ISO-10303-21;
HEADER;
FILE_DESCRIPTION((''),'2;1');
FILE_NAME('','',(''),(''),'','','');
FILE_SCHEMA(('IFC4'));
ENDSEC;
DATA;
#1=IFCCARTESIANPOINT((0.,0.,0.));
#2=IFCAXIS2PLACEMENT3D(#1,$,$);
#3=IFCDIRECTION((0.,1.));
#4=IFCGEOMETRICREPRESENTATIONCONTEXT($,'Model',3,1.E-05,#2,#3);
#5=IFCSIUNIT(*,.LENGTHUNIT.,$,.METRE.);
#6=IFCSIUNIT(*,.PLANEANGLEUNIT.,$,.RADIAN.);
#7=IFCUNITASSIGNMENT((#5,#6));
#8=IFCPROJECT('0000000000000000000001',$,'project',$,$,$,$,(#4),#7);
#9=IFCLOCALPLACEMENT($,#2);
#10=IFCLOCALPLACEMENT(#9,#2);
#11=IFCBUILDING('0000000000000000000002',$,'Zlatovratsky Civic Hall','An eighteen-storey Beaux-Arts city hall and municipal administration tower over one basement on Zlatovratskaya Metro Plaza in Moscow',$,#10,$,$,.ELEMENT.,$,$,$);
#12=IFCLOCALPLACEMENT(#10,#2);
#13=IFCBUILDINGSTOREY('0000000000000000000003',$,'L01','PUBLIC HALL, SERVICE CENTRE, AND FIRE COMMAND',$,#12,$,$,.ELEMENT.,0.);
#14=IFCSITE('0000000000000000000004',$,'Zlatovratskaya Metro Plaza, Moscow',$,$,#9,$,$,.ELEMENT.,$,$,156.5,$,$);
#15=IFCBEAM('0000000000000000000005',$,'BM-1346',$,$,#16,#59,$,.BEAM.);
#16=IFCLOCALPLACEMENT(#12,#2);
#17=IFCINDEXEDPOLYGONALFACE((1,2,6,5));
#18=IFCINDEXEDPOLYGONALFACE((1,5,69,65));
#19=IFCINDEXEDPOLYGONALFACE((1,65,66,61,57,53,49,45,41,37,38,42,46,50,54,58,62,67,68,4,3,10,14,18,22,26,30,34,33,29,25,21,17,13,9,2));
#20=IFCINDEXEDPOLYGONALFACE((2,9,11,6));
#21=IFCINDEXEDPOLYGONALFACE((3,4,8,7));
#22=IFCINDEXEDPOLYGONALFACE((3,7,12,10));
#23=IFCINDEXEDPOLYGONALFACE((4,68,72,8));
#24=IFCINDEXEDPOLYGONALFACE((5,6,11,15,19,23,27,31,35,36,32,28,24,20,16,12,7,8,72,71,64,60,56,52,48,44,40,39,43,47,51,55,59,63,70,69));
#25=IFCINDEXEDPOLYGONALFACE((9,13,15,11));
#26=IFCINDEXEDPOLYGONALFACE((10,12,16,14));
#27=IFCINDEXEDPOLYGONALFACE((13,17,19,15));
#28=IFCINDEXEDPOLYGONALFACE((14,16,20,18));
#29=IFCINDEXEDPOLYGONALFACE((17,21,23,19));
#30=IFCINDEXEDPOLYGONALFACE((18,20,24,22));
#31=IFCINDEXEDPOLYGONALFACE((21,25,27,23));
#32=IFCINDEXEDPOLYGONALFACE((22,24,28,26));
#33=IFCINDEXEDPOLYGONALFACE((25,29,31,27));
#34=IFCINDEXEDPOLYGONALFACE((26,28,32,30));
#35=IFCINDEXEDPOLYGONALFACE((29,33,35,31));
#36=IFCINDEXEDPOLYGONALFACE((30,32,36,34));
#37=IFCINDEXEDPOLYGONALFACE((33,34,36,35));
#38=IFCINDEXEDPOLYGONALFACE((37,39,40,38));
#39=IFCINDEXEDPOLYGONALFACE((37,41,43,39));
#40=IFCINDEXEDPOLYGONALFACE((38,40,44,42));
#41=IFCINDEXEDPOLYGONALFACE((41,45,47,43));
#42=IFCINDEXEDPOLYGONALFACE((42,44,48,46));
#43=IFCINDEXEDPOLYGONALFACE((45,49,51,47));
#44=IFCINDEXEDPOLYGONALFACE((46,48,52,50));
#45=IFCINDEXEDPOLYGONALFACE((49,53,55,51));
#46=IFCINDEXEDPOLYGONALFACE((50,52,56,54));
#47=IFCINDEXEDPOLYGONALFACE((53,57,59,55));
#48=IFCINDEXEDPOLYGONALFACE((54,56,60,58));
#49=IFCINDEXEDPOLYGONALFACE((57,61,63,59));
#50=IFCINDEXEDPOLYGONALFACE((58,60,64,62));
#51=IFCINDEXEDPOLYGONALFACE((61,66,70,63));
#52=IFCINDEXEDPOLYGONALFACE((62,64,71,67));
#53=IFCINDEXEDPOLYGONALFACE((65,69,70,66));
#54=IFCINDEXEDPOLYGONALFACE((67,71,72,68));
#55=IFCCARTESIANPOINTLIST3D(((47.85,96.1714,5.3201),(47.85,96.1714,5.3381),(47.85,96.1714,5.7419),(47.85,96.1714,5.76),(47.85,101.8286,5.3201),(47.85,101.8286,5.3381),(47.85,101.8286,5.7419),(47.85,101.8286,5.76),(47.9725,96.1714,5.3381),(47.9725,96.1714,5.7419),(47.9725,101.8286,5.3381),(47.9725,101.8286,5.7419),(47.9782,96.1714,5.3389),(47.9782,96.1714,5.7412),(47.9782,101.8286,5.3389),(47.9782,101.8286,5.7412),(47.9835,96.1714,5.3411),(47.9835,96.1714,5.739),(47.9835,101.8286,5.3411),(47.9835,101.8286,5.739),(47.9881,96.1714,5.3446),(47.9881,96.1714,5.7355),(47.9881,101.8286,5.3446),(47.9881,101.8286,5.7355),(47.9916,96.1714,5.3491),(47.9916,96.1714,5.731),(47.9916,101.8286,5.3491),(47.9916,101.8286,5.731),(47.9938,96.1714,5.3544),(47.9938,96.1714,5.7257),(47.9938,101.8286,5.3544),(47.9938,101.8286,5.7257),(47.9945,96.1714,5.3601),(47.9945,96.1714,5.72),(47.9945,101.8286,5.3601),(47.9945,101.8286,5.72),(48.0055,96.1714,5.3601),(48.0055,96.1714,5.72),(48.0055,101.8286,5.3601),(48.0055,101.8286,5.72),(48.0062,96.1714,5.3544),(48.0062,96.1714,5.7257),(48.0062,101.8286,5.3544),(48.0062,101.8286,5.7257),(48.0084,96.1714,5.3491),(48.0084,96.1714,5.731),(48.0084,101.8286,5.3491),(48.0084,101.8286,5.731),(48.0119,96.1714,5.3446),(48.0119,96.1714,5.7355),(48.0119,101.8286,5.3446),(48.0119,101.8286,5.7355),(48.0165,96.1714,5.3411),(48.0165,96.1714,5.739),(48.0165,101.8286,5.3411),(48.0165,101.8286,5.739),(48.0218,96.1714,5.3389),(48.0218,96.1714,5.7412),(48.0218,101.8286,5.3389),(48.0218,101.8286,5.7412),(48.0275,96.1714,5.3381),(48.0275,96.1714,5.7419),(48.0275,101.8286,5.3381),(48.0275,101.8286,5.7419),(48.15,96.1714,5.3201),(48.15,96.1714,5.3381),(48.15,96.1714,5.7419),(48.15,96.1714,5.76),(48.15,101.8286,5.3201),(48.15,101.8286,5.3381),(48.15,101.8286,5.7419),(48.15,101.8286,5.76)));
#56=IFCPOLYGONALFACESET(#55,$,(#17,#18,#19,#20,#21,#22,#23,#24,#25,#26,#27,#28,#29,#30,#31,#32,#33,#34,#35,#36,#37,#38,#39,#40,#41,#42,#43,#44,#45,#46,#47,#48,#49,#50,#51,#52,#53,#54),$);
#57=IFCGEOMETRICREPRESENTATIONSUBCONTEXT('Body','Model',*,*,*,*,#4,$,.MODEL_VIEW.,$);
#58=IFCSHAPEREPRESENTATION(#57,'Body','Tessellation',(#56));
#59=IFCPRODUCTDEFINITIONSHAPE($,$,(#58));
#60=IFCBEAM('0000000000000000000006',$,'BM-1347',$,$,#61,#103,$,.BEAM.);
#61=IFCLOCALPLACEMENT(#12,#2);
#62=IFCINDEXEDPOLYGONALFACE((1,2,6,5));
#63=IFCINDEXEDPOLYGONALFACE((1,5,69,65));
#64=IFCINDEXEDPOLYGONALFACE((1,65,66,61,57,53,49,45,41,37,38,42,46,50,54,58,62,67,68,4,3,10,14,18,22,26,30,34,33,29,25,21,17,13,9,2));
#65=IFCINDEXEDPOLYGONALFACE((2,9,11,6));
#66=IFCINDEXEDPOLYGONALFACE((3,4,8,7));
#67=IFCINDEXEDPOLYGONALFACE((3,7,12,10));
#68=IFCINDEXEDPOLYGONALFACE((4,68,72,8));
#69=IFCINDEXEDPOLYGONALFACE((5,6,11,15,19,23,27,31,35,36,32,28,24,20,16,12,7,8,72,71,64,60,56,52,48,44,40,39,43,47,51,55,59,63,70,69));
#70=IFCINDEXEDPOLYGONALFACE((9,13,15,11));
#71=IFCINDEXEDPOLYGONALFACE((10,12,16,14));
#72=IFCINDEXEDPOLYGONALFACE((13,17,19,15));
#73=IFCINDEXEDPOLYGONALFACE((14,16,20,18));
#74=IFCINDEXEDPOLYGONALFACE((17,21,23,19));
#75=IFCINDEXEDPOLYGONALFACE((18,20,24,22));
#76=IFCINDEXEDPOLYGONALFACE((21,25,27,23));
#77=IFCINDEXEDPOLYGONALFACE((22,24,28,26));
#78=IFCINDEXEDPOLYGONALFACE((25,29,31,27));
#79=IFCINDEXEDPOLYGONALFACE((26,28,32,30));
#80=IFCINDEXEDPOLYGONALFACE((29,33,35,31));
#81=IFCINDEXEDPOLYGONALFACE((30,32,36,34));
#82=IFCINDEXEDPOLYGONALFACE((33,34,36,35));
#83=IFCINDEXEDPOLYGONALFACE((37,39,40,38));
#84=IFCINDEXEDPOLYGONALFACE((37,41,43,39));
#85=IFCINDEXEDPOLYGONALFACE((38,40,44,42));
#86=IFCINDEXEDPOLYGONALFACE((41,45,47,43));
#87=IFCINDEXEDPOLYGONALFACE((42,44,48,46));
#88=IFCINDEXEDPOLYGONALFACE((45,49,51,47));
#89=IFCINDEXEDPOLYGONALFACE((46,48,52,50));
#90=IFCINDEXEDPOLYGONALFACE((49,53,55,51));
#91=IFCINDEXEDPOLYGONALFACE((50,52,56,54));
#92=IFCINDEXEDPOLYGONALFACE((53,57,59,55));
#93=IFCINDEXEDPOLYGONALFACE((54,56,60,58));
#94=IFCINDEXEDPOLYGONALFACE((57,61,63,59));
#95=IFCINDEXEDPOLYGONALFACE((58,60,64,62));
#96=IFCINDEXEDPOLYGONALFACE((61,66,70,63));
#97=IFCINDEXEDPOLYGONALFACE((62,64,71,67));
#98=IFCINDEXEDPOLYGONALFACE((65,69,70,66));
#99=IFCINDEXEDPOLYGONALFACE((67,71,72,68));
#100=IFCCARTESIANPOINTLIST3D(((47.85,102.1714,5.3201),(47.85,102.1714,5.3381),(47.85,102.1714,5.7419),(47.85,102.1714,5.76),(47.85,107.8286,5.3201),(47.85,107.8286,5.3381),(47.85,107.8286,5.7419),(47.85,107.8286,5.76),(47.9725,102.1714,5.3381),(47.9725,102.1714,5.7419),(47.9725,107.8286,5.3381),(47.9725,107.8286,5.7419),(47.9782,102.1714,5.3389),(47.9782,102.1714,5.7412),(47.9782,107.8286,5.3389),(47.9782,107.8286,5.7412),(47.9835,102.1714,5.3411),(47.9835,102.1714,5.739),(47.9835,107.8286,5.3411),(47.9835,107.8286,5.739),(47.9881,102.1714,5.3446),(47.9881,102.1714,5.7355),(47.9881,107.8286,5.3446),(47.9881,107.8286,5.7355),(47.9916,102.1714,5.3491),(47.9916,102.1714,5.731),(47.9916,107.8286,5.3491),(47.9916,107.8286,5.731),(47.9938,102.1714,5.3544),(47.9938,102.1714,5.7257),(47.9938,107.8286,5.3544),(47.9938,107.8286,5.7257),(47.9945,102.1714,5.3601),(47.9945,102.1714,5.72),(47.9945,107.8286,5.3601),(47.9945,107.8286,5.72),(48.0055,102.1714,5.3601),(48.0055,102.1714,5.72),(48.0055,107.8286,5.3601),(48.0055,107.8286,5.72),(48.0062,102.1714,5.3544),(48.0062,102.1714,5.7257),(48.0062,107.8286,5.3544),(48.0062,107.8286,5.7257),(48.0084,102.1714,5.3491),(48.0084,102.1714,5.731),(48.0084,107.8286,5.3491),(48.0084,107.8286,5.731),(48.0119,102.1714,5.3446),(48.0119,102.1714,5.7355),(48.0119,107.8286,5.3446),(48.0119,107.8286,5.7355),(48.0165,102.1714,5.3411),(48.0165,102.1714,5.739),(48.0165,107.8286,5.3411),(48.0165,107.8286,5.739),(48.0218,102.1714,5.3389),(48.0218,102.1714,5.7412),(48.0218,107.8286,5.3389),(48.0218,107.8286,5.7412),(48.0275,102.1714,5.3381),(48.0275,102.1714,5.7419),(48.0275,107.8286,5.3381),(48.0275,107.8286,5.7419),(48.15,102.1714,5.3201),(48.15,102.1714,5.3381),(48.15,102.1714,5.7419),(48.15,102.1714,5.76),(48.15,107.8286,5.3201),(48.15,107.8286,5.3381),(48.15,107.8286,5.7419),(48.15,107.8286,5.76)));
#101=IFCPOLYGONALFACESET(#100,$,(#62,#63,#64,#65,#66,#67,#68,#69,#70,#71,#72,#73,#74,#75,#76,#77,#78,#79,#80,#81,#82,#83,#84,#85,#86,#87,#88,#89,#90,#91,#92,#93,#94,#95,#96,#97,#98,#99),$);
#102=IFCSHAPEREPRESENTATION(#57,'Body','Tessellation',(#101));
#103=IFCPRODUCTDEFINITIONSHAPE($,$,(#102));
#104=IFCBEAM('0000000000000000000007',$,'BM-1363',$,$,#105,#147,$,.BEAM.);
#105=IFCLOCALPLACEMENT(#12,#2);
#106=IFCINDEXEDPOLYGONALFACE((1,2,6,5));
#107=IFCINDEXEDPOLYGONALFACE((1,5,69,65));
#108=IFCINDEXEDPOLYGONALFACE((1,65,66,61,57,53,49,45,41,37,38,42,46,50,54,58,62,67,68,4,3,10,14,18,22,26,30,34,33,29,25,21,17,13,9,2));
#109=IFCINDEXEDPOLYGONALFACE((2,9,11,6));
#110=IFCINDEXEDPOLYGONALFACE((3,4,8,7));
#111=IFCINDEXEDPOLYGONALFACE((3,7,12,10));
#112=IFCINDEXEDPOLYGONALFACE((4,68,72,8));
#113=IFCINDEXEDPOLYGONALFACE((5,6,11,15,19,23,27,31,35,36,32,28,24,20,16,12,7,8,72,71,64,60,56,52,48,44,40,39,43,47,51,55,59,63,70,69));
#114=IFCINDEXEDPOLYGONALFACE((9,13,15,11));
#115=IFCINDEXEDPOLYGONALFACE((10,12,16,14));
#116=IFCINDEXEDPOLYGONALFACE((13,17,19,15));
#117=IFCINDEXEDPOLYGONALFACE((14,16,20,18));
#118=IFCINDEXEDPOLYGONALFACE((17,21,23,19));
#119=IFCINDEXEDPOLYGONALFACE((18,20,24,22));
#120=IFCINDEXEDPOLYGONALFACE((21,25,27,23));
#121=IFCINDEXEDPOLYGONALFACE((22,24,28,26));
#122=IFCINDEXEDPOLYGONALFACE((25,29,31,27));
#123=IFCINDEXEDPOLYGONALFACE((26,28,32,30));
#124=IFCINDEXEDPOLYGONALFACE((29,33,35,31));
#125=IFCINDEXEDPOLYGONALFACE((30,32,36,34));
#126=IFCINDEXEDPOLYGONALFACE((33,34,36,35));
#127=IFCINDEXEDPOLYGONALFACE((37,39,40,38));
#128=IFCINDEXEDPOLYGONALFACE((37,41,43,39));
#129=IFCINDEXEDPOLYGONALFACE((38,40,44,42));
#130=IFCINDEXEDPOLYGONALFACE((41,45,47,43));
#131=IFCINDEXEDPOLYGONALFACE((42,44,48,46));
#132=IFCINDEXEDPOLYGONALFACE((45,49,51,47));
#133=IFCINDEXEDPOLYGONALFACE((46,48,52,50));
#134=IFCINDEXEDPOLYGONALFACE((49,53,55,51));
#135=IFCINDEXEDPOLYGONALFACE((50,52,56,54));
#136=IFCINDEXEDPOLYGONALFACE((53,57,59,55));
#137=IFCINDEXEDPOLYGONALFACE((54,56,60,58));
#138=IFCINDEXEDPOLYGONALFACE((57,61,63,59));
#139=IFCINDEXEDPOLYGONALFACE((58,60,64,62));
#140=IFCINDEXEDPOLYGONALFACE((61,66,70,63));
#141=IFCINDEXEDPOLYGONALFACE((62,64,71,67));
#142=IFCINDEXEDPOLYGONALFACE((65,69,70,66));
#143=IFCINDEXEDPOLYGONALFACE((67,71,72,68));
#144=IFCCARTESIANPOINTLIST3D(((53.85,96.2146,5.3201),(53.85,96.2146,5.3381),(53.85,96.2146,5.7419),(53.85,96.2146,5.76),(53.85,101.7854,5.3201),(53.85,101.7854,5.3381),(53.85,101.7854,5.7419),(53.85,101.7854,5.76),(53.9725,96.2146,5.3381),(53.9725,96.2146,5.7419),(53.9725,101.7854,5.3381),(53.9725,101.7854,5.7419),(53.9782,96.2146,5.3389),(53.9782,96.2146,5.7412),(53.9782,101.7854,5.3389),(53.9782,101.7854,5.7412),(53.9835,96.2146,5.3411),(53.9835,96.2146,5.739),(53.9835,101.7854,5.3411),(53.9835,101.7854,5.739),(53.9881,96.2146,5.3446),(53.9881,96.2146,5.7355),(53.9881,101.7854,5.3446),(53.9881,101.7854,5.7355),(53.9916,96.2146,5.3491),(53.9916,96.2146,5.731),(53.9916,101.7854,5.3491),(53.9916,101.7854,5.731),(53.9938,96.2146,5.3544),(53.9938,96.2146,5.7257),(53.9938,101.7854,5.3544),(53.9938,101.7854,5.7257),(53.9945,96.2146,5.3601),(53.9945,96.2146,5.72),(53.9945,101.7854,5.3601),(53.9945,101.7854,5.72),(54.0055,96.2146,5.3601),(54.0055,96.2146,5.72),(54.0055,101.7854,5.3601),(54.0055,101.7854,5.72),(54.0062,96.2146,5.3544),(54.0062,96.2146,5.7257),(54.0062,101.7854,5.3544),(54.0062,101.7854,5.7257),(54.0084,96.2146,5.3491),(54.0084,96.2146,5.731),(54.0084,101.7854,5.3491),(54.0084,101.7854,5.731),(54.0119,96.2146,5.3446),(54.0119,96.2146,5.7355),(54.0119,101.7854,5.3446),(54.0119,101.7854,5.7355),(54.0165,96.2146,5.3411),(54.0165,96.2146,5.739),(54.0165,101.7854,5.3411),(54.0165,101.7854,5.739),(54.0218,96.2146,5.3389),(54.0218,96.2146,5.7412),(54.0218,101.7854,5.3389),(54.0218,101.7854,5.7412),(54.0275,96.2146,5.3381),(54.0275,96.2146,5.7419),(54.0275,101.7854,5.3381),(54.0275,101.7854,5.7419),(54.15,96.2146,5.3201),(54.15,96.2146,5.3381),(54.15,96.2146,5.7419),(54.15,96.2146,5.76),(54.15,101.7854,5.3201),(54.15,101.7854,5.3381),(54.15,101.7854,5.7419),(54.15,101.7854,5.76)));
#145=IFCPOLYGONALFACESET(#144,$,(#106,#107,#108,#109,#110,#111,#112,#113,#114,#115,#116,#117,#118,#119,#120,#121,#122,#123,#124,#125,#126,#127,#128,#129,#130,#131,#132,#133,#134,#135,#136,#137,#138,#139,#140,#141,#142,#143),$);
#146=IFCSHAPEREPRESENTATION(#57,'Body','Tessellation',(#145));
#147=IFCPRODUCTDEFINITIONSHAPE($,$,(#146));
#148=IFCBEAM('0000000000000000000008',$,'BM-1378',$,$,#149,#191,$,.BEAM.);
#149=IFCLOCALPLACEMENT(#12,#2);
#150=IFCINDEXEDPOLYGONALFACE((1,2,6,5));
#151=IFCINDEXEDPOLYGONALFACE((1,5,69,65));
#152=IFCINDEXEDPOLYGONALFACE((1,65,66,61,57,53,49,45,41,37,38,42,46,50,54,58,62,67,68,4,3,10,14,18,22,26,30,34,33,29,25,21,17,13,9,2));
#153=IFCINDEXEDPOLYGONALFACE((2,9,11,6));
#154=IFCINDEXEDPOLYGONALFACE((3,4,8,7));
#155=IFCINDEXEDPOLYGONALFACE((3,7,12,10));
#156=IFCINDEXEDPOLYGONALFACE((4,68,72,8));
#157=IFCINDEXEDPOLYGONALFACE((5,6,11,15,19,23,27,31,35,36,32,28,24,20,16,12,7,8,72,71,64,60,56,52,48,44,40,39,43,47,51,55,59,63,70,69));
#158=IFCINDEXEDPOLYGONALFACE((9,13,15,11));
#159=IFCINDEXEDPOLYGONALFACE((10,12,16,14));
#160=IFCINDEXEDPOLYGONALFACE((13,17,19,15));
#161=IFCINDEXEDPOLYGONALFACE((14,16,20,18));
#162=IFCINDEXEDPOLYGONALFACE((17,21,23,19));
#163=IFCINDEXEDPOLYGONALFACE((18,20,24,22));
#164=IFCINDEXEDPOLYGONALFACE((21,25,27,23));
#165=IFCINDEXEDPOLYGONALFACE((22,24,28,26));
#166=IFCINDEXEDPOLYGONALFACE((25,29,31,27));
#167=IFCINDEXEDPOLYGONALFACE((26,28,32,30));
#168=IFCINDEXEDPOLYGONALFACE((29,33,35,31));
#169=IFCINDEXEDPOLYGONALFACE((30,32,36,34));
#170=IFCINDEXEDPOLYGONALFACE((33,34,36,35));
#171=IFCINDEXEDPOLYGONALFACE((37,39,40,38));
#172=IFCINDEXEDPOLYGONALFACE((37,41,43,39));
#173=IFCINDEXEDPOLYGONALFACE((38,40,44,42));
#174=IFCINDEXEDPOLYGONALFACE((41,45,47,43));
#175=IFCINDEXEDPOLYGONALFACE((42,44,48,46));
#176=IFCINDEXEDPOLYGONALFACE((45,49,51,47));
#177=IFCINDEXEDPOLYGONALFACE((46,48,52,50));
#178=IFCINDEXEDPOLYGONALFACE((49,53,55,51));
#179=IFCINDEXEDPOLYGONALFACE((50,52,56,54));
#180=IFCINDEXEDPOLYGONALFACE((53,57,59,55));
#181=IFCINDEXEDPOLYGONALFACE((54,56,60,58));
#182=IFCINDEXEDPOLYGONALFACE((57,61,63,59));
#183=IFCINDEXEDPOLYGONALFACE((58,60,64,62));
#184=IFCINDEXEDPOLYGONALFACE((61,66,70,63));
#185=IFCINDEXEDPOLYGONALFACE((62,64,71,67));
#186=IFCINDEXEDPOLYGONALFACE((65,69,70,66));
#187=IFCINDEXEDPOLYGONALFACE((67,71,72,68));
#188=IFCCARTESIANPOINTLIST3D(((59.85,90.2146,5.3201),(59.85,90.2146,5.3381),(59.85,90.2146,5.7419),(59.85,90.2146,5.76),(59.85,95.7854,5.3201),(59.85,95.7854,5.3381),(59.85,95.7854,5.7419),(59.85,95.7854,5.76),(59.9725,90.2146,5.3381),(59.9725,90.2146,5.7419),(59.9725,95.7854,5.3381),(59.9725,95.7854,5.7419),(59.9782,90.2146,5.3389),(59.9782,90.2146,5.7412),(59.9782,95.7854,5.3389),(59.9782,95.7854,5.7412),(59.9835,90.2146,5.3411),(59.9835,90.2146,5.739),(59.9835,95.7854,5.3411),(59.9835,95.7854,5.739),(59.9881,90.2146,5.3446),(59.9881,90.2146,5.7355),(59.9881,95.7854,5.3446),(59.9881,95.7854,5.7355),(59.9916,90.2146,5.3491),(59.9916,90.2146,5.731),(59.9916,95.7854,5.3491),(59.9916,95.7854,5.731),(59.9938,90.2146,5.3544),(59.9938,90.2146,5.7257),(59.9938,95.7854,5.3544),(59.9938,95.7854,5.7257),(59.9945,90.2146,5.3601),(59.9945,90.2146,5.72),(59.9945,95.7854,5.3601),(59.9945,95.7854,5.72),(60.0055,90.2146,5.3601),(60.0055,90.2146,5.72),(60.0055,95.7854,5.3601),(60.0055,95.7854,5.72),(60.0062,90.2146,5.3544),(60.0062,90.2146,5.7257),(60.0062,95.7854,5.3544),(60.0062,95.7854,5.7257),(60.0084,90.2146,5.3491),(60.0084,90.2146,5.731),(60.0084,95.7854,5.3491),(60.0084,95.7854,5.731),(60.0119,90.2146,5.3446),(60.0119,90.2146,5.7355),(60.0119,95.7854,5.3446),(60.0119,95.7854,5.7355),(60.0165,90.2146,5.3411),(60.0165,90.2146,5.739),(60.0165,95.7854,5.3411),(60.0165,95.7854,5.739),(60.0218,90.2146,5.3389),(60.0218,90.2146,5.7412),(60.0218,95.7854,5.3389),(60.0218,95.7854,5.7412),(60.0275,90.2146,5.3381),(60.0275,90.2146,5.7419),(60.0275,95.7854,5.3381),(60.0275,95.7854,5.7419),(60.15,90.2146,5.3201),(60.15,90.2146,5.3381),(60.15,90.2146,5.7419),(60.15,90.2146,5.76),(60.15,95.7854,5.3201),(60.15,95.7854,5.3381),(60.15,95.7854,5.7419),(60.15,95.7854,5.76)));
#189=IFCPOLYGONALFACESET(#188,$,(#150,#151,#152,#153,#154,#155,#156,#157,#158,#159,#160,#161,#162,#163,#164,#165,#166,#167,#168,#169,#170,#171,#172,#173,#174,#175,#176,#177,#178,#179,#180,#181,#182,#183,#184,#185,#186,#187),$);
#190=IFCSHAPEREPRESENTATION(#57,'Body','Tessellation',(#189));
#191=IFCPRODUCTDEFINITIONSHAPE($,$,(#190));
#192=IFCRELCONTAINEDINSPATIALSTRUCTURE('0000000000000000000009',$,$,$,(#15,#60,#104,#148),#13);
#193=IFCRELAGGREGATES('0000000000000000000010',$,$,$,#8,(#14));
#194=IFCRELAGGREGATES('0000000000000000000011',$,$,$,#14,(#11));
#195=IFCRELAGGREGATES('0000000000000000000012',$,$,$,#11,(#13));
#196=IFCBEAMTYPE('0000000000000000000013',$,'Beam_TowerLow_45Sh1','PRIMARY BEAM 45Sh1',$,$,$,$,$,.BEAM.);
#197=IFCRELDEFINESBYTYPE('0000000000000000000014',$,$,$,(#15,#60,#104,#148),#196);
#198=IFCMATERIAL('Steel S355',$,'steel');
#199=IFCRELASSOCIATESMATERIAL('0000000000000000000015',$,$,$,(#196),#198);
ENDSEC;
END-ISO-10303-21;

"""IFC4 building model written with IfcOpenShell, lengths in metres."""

from ifc_helpers import new_model, si_unit, direction, frame, origin, origin_2d, place, context, subcontext, project, spatial, i_section, extrude, material, material_profile, profile_set, type_object, element, save


model = new_model("IFC4")

# Units and contexts
model_context = context("Model", 3, precision=1e-05, world=origin(), true_north=direction((0.0, 1.0)))
body_context = subcontext(model_context, "Body", "Model", "MODEL_VIEW")
ifc_project = project(units=[si_unit("LENGTHUNIT", "METRE"), si_unit("PLANEANGLEUNIT", "RADIAN")], contexts=[model_context])

# Site, building, storey
site_placement = place(None, origin())
site = spatial("IfcSite", under=ifc_project, at=site_placement, Name="Zlatovratskaya Metro Plaza, Moscow", CompositionType="ELEMENT", RefElevation=156.5)
building_placement = place(site_placement, origin())
building = spatial("IfcBuilding", under=site, at=building_placement, Name="Zlatovratsky Civic Hall", Description="An eighteen-storey Beaux-Arts city hall and municipal administration tower over one basement on Zlatovratskaya Metro Plaza in Moscow", CompositionType="ELEMENT")
storey_placement = place(building_placement, origin())
storey = spatial("IfcBuildingStorey", under=building, at=storey_placement, Name="L01", Description="PUBLIC HALL, SERVICE CENTRE, AND FIRE COMMAND", CompositionType="ELEMENT", Elevation=0.0)

# Shared definitions
ifc_material_1 = material(Name="Steel S355", Category="steel")

# Beams
ifc_material_profile_1 = material_profile(ifc_material_1, i_section(OverallWidth=0.3, OverallDepth=0.4399, WebThickness=0.011, FlangeThickness=0.0181, FilletRadius=0.022, at=origin_2d()), Name="45Sh1")
ifc_profile_set_1 = profile_set([ifc_material_profile_1], Name="Steel S355")
beam_type = type_object("IfcBeamType", Name="Beam_TowerLow_45Sh1", Description="PRIMARY BEAM 45Sh1", PredefinedType="BEAM", material=ifc_profile_set_1)
for number, where, z_axis, x_axis, name in (
    (1, (48.0, 96.1714, 5.54), (0.0, 1.0, 0.0), (-1.0, 0.0, 0.0), "BM-1346"),
    (2, (48.0, 102.1714, 5.54), (0.0, 1.0, 0.0), (-1.0, 0.0, 0.0), "BM-1347"),
):
    element("IfcBeam", number, at=place(storey_placement, frame(where, z_axis=z_axis, x_axis=x_axis)), inside=storey, type_object=beam_type, Name=name, PredefinedType="BEAM", context=body_context, shape_type="SweptSolid", body=[
        extrude(i_section(OverallWidth=0.3, OverallDepth=0.4399, WebThickness=0.011, FlangeThickness=0.0181, FilletRadius=0.022, at=origin_2d()), origin(), (0.0, 0.0, 1.0), 5.6572),
    ])
for number, where, z_axis, x_axis, name in (
    (3, (54.0, 96.2146, 5.54), (0.0, 1.0, 0.0), (-1.0, 0.0, 0.0), "BM-1363"),
    (4, (60.0, 90.2146, 5.54), (0.0, 1.0, 0.0), (-1.0, 0.0, 0.0), "BM-1378"),
):
    element("IfcBeam", number, at=place(storey_placement, frame(where, z_axis=z_axis, x_axis=x_axis)), inside=storey, type_object=beam_type, Name=name, PredefinedType="BEAM", context=body_context, shape_type="SweptSolid", body=[
        extrude(i_section(OverallWidth=0.3, OverallDepth=0.4399, WebThickness=0.011, FlangeThickness=0.0181, FilletRadius=0.022, at=origin_2d()), origin(), (0.0, 0.0, 1.0), 5.5708),
    ])

save(model, "model.ifc")
